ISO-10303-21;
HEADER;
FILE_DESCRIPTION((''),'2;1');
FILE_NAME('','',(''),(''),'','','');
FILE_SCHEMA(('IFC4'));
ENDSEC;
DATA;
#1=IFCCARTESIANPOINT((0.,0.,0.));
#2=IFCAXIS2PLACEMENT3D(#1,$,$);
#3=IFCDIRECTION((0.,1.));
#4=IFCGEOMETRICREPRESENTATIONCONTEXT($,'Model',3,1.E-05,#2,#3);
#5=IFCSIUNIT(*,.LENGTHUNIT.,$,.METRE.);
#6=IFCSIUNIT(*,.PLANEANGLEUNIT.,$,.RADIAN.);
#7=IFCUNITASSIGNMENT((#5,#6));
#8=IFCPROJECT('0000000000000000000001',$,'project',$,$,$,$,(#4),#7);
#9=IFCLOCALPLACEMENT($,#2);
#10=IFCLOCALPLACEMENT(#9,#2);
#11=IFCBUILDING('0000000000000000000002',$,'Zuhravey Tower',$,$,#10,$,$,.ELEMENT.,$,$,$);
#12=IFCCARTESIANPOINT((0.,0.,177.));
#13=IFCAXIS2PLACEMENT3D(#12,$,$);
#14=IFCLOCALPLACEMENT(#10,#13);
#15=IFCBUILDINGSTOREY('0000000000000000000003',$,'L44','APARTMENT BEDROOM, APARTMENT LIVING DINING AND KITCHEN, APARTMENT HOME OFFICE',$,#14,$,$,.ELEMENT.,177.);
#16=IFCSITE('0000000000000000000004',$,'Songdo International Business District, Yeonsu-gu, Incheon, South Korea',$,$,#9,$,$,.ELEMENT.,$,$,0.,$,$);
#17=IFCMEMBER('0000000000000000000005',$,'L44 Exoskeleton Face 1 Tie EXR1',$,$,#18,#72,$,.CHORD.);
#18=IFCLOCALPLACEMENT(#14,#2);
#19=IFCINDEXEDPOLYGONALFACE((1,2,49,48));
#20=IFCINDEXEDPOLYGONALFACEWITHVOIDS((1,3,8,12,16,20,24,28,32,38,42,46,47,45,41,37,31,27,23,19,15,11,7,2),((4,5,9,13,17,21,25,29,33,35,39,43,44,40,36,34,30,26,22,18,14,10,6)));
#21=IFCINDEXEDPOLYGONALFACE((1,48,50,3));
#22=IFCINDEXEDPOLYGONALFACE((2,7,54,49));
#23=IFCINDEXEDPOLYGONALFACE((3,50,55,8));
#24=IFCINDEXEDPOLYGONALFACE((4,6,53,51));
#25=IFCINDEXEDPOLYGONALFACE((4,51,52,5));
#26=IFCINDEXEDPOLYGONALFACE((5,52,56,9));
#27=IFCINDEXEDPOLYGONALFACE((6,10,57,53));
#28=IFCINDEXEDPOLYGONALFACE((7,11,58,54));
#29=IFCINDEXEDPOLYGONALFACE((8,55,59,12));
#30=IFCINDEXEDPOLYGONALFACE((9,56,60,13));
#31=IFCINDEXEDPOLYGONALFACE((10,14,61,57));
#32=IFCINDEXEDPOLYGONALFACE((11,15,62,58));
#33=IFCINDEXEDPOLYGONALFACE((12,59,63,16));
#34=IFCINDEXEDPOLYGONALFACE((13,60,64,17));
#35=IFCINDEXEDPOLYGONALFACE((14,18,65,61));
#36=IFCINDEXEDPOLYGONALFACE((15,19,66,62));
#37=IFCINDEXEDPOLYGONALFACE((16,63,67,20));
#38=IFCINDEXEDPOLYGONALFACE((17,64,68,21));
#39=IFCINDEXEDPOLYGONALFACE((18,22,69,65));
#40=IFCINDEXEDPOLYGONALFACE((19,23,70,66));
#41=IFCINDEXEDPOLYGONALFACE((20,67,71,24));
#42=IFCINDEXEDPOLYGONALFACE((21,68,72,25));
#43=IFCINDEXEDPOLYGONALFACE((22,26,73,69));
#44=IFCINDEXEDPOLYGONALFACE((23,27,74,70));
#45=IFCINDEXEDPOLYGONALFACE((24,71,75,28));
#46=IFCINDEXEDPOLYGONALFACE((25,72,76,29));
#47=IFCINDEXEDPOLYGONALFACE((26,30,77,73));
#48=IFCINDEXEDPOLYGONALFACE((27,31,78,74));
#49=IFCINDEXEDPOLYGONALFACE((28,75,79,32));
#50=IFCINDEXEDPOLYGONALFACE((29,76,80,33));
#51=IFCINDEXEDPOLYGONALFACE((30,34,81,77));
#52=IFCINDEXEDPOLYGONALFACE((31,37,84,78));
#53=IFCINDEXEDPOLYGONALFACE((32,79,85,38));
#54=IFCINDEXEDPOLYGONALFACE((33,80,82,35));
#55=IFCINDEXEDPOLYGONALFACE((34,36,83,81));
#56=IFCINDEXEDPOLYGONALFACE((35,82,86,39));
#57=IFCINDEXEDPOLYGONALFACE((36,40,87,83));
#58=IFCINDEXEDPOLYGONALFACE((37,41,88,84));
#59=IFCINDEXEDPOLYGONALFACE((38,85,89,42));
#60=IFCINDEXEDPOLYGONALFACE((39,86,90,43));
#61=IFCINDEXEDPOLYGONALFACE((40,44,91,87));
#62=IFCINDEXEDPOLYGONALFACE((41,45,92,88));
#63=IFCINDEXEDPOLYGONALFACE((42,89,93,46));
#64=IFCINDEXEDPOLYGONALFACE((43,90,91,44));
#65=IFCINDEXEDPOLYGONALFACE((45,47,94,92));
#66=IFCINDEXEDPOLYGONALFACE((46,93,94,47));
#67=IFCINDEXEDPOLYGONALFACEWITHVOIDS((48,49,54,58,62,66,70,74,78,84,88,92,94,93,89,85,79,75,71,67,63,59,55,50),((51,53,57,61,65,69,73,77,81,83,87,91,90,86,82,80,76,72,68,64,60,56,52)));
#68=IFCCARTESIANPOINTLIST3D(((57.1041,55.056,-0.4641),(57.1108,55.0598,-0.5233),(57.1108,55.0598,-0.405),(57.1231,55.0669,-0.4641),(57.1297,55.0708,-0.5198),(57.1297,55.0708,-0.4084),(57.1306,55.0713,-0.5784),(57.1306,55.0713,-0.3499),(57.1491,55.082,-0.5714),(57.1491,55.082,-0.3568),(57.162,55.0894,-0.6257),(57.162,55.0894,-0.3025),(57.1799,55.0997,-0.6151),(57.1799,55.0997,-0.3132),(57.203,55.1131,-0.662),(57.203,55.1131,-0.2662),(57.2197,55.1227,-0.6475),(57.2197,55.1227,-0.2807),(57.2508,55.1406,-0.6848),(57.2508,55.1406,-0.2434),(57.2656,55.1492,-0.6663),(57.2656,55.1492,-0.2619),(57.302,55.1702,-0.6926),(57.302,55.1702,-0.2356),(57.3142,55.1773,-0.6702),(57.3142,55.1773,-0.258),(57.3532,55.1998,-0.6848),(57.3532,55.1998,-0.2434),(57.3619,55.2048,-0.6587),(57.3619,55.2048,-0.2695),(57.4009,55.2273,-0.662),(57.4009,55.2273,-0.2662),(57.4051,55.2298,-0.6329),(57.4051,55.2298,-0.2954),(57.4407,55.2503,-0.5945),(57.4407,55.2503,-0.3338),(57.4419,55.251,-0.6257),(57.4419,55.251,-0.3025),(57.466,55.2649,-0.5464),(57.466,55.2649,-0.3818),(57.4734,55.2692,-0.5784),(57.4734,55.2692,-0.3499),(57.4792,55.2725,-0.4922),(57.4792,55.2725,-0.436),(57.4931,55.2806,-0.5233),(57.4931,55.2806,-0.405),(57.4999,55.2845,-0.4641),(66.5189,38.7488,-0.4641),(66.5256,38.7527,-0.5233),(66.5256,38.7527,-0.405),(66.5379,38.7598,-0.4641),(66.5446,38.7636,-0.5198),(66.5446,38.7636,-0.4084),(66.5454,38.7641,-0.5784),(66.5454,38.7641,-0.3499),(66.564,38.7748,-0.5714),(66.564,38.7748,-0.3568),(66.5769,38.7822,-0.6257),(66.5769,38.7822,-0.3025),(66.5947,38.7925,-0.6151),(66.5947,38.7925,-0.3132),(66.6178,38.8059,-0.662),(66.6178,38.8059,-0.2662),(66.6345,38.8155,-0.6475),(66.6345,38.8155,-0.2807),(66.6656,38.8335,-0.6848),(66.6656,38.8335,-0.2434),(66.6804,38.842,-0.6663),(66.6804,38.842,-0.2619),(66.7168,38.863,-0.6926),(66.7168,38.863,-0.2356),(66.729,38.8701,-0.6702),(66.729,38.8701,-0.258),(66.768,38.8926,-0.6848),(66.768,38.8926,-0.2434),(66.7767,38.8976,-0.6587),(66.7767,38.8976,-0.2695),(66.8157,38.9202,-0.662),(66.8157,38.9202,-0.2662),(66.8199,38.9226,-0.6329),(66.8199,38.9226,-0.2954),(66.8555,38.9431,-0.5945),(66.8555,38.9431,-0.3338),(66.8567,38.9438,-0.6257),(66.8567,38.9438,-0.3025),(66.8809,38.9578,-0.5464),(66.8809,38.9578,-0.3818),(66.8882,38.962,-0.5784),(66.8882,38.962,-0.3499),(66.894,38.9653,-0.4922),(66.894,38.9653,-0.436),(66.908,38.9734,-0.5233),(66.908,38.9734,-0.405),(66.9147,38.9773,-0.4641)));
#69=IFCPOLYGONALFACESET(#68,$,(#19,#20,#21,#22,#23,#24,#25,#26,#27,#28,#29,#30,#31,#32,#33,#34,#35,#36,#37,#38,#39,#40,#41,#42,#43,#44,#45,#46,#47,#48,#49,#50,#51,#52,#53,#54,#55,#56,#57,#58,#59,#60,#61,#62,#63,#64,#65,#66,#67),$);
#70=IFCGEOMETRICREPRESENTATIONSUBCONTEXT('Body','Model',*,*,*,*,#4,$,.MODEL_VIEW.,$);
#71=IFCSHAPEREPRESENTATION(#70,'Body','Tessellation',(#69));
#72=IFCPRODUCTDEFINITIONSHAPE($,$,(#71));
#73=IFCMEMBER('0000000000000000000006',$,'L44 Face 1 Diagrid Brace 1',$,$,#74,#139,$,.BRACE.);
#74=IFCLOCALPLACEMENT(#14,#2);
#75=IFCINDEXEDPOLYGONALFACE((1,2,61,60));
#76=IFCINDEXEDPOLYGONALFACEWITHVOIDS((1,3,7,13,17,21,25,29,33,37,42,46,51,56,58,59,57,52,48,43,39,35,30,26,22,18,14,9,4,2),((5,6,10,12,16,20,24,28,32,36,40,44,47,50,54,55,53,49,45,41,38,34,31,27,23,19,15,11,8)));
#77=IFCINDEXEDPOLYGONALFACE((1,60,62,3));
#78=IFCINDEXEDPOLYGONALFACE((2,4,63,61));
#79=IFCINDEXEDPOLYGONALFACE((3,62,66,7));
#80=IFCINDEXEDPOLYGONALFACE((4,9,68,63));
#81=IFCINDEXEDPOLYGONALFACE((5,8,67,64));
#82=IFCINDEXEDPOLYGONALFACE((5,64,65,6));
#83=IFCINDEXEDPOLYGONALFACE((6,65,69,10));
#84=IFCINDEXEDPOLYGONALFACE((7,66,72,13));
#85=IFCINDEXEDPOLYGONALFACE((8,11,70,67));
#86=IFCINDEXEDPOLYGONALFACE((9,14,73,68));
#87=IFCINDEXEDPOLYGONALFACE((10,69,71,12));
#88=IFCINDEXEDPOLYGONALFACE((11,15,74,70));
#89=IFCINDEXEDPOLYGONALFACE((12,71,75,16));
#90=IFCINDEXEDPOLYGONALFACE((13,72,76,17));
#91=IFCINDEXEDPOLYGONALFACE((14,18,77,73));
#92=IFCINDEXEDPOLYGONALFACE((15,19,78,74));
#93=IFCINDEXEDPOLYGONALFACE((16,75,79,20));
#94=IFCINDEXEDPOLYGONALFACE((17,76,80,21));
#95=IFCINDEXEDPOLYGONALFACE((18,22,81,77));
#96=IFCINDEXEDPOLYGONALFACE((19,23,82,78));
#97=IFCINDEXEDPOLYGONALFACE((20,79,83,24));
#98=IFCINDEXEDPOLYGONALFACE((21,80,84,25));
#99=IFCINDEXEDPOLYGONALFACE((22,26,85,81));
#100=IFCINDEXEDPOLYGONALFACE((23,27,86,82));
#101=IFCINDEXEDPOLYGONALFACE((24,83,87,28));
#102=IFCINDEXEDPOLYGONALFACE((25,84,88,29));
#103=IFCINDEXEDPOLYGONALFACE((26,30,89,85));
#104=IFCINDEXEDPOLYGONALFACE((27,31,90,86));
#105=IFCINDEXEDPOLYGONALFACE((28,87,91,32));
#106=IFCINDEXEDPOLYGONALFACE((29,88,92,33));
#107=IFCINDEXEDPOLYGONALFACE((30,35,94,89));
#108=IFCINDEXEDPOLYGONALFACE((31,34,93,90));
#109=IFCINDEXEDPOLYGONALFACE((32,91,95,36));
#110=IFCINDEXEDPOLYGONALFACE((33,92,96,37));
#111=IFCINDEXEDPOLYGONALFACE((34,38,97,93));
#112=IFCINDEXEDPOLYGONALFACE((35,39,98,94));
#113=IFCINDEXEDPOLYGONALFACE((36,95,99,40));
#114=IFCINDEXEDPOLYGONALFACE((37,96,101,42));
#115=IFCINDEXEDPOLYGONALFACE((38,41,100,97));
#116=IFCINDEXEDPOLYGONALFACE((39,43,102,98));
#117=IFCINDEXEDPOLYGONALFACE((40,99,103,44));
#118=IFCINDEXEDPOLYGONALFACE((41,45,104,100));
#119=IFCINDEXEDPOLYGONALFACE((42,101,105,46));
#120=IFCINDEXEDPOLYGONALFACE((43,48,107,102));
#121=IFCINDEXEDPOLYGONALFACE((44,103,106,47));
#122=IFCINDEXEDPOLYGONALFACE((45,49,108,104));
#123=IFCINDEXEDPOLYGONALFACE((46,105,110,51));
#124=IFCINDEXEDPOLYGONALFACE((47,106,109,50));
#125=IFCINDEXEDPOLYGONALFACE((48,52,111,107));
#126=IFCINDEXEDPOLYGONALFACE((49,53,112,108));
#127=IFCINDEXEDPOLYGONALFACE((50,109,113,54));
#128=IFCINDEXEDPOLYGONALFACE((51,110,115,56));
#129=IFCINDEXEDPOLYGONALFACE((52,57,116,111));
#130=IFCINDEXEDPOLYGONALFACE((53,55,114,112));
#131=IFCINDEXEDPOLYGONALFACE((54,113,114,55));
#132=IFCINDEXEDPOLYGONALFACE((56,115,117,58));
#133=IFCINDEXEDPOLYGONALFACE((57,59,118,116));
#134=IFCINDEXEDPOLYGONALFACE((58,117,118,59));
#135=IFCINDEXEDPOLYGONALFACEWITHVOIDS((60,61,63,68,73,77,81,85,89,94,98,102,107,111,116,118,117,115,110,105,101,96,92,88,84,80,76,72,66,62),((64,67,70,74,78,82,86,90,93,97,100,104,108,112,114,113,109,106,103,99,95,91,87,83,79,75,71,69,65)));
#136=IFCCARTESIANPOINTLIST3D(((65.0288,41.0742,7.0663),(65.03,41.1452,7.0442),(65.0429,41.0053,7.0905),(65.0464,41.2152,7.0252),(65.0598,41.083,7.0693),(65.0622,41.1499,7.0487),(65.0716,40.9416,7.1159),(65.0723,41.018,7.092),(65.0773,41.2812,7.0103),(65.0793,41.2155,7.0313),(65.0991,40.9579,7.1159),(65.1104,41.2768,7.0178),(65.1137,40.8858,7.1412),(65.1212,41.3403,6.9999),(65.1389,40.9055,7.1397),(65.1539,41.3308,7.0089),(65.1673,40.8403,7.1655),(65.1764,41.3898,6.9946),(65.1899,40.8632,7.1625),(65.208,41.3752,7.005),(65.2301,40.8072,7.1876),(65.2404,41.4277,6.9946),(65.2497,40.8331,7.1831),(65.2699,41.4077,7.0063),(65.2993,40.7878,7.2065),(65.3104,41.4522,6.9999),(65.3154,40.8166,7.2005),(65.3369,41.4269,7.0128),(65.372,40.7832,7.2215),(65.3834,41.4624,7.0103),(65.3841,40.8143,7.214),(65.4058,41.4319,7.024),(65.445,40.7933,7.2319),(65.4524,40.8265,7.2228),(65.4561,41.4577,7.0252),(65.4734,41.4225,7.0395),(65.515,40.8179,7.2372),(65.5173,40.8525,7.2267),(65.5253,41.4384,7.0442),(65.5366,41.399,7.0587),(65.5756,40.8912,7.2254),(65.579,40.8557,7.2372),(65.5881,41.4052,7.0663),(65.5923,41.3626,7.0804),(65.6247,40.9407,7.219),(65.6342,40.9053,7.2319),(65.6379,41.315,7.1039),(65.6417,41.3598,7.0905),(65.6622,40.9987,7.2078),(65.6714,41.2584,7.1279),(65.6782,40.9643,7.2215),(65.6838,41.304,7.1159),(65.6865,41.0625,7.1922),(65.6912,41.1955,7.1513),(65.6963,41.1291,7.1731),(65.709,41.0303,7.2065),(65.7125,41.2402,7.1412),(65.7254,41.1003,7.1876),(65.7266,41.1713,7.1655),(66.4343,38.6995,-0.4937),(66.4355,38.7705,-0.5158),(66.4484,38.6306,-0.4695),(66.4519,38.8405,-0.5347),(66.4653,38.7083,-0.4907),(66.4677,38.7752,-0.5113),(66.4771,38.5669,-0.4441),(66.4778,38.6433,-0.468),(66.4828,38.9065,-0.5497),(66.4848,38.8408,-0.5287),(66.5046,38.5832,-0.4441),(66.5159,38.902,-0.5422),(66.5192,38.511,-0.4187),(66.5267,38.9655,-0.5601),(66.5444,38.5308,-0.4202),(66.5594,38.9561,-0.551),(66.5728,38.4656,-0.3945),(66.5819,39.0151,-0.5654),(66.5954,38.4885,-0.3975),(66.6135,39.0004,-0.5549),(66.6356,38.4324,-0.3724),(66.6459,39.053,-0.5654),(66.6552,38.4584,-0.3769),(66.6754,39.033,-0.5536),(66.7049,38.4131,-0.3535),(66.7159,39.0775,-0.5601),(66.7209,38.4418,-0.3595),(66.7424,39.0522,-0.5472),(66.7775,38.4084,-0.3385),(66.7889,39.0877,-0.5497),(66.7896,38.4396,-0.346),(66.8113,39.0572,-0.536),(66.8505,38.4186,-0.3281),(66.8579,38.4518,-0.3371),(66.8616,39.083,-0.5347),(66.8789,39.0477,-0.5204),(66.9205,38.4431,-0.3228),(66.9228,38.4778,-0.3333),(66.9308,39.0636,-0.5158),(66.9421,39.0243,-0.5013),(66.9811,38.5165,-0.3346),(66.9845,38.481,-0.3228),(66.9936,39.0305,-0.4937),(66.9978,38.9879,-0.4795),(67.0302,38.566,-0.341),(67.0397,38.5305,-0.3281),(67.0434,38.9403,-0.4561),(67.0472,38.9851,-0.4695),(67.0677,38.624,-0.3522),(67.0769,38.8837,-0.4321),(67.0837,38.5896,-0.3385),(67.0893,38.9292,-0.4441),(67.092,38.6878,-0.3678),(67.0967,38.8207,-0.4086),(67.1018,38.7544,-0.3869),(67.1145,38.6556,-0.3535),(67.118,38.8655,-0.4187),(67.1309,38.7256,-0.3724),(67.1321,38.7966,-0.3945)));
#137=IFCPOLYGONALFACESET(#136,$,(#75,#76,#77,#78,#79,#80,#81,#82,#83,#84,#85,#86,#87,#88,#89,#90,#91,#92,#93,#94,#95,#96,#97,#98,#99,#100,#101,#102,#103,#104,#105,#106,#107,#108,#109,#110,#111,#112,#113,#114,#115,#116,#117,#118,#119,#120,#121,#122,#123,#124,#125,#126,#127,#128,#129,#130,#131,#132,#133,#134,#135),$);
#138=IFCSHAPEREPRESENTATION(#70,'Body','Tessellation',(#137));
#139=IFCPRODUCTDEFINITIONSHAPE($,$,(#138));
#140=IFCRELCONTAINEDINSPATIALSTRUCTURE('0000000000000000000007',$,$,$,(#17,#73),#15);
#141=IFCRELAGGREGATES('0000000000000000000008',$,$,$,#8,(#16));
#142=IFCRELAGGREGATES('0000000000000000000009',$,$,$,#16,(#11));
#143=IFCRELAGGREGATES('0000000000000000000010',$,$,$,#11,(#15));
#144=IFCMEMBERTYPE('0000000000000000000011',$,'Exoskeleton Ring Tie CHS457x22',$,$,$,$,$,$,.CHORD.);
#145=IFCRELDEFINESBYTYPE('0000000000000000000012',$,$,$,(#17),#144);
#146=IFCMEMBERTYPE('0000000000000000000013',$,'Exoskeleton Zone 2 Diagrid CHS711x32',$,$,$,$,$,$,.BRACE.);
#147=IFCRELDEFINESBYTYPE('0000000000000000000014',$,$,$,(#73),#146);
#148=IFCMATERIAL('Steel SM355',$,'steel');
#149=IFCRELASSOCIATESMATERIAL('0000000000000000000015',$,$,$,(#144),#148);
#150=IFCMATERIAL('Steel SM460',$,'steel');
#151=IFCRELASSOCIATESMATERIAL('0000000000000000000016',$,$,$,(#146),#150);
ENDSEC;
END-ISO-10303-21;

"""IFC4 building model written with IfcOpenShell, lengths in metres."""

from ifc_helpers import new_model, si_unit, direction, frame, origin, origin_2d, place, context, subcontext, project, spatial, hollow_circle, extrude, material, material_profile, profile_set, type_object, element, save


model = new_model("IFC4")

# Units and contexts
model_context = context("Model", 3, precision=1e-05, world=origin(), true_north=direction((0.0, 1.0)))
body_context = subcontext(model_context, "Body", "Model", "MODEL_VIEW")
ifc_project = project(units=[si_unit("LENGTHUNIT", "METRE"), si_unit("PLANEANGLEUNIT", "RADIAN")], contexts=[model_context])

# Site, building, storey
site_placement = place(None, origin())
site = spatial("IfcSite", under=ifc_project, at=site_placement, Name="Songdo International Business District, Yeonsu-gu, Incheon, South Korea", CompositionType="ELEMENT", RefElevation=0.0)
building_placement = place(site_placement, origin())
building = spatial("IfcBuilding", under=site, at=building_placement, Name="Zuhravey Tower", CompositionType="ELEMENT")
storey_placement = place(building_placement, frame((0.0, 0.0, 177.0)))
storey = spatial("IfcBuildingStorey", under=building, at=storey_placement, Name="L44", Description="APARTMENT BEDROOM, APARTMENT LIVING DINING AND KITCHEN, APARTMENT HOME OFFICE", CompositionType="ELEMENT", Elevation=177.0)

# Members
ifc_material_1 = material(Name="Steel SM355", Category="steel")
ifc_material_profile_1 = material_profile(ifc_material_1, hollow_circle(Radius=0.2285, WallThickness=0.022, at=origin_2d()), Name="CHS-457.2x22")
ifc_profile_set_1 = profile_set([ifc_material_profile_1], Name="Steel SM355")
member_type_1 = type_object("IfcMemberType", Name="Exoskeleton Ring Tie CHS457x22", PredefinedType="CHORD", material=ifc_profile_set_1)
member_1_placement = place(storey_placement, frame((66.7168, 38.863, -0.4641), z_axis=(-0.499995, 0.866028, 0.0), x_axis=(-0.866028, -0.499995, 0.0)))
element("IfcMember", 1, at=member_1_placement, inside=storey, type_object=member_type_1, Name="L44 Exoskeleton Face 1 Tie EXR1", PredefinedType="CHORD", context=body_context, shape_type="SweptSolid", body=[
    extrude(hollow_circle(Radius=0.2285, WallThickness=0.022, at=origin_2d()), origin(), (0.0, 0.0, 1.0), 18.8298),
])
ifc_material_2 = material(Name="Steel SM460", Category="steel")
ifc_material_profile_2 = material_profile(ifc_material_2, hollow_circle(Radius=0.3557, WallThickness=0.032, at=origin_2d()), Name="CHS-711.2x32")
ifc_profile_set_2 = profile_set([ifc_material_profile_2], Name="Steel SM460")
member_type_2 = type_object("IfcMemberType", Name="Exoskeleton Zone 2 Diagrid CHS711x32", PredefinedType="BRACE", material=ifc_profile_set_2)
member_2_placement = place(storey_placement, frame((66.7832, 38.748, -0.4441), z_axis=(-0.174643, 0.295076, 0.939377), x_axis=(-0.860569, -0.509334, 0.0)))
element("IfcMember", 2, at=member_2_placement, inside=storey, type_object=member_type_2, Name="L44 Face 1 Diagrid Brace 1", PredefinedType="BRACE", context=body_context, shape_type="SweptSolid", body=[
    extrude(hollow_circle(Radius=0.3557, WallThickness=0.032, at=origin_2d()), origin(), (0.0, 0.0, 1.0), 8.0479),
])

save(model, "model.ifc")
